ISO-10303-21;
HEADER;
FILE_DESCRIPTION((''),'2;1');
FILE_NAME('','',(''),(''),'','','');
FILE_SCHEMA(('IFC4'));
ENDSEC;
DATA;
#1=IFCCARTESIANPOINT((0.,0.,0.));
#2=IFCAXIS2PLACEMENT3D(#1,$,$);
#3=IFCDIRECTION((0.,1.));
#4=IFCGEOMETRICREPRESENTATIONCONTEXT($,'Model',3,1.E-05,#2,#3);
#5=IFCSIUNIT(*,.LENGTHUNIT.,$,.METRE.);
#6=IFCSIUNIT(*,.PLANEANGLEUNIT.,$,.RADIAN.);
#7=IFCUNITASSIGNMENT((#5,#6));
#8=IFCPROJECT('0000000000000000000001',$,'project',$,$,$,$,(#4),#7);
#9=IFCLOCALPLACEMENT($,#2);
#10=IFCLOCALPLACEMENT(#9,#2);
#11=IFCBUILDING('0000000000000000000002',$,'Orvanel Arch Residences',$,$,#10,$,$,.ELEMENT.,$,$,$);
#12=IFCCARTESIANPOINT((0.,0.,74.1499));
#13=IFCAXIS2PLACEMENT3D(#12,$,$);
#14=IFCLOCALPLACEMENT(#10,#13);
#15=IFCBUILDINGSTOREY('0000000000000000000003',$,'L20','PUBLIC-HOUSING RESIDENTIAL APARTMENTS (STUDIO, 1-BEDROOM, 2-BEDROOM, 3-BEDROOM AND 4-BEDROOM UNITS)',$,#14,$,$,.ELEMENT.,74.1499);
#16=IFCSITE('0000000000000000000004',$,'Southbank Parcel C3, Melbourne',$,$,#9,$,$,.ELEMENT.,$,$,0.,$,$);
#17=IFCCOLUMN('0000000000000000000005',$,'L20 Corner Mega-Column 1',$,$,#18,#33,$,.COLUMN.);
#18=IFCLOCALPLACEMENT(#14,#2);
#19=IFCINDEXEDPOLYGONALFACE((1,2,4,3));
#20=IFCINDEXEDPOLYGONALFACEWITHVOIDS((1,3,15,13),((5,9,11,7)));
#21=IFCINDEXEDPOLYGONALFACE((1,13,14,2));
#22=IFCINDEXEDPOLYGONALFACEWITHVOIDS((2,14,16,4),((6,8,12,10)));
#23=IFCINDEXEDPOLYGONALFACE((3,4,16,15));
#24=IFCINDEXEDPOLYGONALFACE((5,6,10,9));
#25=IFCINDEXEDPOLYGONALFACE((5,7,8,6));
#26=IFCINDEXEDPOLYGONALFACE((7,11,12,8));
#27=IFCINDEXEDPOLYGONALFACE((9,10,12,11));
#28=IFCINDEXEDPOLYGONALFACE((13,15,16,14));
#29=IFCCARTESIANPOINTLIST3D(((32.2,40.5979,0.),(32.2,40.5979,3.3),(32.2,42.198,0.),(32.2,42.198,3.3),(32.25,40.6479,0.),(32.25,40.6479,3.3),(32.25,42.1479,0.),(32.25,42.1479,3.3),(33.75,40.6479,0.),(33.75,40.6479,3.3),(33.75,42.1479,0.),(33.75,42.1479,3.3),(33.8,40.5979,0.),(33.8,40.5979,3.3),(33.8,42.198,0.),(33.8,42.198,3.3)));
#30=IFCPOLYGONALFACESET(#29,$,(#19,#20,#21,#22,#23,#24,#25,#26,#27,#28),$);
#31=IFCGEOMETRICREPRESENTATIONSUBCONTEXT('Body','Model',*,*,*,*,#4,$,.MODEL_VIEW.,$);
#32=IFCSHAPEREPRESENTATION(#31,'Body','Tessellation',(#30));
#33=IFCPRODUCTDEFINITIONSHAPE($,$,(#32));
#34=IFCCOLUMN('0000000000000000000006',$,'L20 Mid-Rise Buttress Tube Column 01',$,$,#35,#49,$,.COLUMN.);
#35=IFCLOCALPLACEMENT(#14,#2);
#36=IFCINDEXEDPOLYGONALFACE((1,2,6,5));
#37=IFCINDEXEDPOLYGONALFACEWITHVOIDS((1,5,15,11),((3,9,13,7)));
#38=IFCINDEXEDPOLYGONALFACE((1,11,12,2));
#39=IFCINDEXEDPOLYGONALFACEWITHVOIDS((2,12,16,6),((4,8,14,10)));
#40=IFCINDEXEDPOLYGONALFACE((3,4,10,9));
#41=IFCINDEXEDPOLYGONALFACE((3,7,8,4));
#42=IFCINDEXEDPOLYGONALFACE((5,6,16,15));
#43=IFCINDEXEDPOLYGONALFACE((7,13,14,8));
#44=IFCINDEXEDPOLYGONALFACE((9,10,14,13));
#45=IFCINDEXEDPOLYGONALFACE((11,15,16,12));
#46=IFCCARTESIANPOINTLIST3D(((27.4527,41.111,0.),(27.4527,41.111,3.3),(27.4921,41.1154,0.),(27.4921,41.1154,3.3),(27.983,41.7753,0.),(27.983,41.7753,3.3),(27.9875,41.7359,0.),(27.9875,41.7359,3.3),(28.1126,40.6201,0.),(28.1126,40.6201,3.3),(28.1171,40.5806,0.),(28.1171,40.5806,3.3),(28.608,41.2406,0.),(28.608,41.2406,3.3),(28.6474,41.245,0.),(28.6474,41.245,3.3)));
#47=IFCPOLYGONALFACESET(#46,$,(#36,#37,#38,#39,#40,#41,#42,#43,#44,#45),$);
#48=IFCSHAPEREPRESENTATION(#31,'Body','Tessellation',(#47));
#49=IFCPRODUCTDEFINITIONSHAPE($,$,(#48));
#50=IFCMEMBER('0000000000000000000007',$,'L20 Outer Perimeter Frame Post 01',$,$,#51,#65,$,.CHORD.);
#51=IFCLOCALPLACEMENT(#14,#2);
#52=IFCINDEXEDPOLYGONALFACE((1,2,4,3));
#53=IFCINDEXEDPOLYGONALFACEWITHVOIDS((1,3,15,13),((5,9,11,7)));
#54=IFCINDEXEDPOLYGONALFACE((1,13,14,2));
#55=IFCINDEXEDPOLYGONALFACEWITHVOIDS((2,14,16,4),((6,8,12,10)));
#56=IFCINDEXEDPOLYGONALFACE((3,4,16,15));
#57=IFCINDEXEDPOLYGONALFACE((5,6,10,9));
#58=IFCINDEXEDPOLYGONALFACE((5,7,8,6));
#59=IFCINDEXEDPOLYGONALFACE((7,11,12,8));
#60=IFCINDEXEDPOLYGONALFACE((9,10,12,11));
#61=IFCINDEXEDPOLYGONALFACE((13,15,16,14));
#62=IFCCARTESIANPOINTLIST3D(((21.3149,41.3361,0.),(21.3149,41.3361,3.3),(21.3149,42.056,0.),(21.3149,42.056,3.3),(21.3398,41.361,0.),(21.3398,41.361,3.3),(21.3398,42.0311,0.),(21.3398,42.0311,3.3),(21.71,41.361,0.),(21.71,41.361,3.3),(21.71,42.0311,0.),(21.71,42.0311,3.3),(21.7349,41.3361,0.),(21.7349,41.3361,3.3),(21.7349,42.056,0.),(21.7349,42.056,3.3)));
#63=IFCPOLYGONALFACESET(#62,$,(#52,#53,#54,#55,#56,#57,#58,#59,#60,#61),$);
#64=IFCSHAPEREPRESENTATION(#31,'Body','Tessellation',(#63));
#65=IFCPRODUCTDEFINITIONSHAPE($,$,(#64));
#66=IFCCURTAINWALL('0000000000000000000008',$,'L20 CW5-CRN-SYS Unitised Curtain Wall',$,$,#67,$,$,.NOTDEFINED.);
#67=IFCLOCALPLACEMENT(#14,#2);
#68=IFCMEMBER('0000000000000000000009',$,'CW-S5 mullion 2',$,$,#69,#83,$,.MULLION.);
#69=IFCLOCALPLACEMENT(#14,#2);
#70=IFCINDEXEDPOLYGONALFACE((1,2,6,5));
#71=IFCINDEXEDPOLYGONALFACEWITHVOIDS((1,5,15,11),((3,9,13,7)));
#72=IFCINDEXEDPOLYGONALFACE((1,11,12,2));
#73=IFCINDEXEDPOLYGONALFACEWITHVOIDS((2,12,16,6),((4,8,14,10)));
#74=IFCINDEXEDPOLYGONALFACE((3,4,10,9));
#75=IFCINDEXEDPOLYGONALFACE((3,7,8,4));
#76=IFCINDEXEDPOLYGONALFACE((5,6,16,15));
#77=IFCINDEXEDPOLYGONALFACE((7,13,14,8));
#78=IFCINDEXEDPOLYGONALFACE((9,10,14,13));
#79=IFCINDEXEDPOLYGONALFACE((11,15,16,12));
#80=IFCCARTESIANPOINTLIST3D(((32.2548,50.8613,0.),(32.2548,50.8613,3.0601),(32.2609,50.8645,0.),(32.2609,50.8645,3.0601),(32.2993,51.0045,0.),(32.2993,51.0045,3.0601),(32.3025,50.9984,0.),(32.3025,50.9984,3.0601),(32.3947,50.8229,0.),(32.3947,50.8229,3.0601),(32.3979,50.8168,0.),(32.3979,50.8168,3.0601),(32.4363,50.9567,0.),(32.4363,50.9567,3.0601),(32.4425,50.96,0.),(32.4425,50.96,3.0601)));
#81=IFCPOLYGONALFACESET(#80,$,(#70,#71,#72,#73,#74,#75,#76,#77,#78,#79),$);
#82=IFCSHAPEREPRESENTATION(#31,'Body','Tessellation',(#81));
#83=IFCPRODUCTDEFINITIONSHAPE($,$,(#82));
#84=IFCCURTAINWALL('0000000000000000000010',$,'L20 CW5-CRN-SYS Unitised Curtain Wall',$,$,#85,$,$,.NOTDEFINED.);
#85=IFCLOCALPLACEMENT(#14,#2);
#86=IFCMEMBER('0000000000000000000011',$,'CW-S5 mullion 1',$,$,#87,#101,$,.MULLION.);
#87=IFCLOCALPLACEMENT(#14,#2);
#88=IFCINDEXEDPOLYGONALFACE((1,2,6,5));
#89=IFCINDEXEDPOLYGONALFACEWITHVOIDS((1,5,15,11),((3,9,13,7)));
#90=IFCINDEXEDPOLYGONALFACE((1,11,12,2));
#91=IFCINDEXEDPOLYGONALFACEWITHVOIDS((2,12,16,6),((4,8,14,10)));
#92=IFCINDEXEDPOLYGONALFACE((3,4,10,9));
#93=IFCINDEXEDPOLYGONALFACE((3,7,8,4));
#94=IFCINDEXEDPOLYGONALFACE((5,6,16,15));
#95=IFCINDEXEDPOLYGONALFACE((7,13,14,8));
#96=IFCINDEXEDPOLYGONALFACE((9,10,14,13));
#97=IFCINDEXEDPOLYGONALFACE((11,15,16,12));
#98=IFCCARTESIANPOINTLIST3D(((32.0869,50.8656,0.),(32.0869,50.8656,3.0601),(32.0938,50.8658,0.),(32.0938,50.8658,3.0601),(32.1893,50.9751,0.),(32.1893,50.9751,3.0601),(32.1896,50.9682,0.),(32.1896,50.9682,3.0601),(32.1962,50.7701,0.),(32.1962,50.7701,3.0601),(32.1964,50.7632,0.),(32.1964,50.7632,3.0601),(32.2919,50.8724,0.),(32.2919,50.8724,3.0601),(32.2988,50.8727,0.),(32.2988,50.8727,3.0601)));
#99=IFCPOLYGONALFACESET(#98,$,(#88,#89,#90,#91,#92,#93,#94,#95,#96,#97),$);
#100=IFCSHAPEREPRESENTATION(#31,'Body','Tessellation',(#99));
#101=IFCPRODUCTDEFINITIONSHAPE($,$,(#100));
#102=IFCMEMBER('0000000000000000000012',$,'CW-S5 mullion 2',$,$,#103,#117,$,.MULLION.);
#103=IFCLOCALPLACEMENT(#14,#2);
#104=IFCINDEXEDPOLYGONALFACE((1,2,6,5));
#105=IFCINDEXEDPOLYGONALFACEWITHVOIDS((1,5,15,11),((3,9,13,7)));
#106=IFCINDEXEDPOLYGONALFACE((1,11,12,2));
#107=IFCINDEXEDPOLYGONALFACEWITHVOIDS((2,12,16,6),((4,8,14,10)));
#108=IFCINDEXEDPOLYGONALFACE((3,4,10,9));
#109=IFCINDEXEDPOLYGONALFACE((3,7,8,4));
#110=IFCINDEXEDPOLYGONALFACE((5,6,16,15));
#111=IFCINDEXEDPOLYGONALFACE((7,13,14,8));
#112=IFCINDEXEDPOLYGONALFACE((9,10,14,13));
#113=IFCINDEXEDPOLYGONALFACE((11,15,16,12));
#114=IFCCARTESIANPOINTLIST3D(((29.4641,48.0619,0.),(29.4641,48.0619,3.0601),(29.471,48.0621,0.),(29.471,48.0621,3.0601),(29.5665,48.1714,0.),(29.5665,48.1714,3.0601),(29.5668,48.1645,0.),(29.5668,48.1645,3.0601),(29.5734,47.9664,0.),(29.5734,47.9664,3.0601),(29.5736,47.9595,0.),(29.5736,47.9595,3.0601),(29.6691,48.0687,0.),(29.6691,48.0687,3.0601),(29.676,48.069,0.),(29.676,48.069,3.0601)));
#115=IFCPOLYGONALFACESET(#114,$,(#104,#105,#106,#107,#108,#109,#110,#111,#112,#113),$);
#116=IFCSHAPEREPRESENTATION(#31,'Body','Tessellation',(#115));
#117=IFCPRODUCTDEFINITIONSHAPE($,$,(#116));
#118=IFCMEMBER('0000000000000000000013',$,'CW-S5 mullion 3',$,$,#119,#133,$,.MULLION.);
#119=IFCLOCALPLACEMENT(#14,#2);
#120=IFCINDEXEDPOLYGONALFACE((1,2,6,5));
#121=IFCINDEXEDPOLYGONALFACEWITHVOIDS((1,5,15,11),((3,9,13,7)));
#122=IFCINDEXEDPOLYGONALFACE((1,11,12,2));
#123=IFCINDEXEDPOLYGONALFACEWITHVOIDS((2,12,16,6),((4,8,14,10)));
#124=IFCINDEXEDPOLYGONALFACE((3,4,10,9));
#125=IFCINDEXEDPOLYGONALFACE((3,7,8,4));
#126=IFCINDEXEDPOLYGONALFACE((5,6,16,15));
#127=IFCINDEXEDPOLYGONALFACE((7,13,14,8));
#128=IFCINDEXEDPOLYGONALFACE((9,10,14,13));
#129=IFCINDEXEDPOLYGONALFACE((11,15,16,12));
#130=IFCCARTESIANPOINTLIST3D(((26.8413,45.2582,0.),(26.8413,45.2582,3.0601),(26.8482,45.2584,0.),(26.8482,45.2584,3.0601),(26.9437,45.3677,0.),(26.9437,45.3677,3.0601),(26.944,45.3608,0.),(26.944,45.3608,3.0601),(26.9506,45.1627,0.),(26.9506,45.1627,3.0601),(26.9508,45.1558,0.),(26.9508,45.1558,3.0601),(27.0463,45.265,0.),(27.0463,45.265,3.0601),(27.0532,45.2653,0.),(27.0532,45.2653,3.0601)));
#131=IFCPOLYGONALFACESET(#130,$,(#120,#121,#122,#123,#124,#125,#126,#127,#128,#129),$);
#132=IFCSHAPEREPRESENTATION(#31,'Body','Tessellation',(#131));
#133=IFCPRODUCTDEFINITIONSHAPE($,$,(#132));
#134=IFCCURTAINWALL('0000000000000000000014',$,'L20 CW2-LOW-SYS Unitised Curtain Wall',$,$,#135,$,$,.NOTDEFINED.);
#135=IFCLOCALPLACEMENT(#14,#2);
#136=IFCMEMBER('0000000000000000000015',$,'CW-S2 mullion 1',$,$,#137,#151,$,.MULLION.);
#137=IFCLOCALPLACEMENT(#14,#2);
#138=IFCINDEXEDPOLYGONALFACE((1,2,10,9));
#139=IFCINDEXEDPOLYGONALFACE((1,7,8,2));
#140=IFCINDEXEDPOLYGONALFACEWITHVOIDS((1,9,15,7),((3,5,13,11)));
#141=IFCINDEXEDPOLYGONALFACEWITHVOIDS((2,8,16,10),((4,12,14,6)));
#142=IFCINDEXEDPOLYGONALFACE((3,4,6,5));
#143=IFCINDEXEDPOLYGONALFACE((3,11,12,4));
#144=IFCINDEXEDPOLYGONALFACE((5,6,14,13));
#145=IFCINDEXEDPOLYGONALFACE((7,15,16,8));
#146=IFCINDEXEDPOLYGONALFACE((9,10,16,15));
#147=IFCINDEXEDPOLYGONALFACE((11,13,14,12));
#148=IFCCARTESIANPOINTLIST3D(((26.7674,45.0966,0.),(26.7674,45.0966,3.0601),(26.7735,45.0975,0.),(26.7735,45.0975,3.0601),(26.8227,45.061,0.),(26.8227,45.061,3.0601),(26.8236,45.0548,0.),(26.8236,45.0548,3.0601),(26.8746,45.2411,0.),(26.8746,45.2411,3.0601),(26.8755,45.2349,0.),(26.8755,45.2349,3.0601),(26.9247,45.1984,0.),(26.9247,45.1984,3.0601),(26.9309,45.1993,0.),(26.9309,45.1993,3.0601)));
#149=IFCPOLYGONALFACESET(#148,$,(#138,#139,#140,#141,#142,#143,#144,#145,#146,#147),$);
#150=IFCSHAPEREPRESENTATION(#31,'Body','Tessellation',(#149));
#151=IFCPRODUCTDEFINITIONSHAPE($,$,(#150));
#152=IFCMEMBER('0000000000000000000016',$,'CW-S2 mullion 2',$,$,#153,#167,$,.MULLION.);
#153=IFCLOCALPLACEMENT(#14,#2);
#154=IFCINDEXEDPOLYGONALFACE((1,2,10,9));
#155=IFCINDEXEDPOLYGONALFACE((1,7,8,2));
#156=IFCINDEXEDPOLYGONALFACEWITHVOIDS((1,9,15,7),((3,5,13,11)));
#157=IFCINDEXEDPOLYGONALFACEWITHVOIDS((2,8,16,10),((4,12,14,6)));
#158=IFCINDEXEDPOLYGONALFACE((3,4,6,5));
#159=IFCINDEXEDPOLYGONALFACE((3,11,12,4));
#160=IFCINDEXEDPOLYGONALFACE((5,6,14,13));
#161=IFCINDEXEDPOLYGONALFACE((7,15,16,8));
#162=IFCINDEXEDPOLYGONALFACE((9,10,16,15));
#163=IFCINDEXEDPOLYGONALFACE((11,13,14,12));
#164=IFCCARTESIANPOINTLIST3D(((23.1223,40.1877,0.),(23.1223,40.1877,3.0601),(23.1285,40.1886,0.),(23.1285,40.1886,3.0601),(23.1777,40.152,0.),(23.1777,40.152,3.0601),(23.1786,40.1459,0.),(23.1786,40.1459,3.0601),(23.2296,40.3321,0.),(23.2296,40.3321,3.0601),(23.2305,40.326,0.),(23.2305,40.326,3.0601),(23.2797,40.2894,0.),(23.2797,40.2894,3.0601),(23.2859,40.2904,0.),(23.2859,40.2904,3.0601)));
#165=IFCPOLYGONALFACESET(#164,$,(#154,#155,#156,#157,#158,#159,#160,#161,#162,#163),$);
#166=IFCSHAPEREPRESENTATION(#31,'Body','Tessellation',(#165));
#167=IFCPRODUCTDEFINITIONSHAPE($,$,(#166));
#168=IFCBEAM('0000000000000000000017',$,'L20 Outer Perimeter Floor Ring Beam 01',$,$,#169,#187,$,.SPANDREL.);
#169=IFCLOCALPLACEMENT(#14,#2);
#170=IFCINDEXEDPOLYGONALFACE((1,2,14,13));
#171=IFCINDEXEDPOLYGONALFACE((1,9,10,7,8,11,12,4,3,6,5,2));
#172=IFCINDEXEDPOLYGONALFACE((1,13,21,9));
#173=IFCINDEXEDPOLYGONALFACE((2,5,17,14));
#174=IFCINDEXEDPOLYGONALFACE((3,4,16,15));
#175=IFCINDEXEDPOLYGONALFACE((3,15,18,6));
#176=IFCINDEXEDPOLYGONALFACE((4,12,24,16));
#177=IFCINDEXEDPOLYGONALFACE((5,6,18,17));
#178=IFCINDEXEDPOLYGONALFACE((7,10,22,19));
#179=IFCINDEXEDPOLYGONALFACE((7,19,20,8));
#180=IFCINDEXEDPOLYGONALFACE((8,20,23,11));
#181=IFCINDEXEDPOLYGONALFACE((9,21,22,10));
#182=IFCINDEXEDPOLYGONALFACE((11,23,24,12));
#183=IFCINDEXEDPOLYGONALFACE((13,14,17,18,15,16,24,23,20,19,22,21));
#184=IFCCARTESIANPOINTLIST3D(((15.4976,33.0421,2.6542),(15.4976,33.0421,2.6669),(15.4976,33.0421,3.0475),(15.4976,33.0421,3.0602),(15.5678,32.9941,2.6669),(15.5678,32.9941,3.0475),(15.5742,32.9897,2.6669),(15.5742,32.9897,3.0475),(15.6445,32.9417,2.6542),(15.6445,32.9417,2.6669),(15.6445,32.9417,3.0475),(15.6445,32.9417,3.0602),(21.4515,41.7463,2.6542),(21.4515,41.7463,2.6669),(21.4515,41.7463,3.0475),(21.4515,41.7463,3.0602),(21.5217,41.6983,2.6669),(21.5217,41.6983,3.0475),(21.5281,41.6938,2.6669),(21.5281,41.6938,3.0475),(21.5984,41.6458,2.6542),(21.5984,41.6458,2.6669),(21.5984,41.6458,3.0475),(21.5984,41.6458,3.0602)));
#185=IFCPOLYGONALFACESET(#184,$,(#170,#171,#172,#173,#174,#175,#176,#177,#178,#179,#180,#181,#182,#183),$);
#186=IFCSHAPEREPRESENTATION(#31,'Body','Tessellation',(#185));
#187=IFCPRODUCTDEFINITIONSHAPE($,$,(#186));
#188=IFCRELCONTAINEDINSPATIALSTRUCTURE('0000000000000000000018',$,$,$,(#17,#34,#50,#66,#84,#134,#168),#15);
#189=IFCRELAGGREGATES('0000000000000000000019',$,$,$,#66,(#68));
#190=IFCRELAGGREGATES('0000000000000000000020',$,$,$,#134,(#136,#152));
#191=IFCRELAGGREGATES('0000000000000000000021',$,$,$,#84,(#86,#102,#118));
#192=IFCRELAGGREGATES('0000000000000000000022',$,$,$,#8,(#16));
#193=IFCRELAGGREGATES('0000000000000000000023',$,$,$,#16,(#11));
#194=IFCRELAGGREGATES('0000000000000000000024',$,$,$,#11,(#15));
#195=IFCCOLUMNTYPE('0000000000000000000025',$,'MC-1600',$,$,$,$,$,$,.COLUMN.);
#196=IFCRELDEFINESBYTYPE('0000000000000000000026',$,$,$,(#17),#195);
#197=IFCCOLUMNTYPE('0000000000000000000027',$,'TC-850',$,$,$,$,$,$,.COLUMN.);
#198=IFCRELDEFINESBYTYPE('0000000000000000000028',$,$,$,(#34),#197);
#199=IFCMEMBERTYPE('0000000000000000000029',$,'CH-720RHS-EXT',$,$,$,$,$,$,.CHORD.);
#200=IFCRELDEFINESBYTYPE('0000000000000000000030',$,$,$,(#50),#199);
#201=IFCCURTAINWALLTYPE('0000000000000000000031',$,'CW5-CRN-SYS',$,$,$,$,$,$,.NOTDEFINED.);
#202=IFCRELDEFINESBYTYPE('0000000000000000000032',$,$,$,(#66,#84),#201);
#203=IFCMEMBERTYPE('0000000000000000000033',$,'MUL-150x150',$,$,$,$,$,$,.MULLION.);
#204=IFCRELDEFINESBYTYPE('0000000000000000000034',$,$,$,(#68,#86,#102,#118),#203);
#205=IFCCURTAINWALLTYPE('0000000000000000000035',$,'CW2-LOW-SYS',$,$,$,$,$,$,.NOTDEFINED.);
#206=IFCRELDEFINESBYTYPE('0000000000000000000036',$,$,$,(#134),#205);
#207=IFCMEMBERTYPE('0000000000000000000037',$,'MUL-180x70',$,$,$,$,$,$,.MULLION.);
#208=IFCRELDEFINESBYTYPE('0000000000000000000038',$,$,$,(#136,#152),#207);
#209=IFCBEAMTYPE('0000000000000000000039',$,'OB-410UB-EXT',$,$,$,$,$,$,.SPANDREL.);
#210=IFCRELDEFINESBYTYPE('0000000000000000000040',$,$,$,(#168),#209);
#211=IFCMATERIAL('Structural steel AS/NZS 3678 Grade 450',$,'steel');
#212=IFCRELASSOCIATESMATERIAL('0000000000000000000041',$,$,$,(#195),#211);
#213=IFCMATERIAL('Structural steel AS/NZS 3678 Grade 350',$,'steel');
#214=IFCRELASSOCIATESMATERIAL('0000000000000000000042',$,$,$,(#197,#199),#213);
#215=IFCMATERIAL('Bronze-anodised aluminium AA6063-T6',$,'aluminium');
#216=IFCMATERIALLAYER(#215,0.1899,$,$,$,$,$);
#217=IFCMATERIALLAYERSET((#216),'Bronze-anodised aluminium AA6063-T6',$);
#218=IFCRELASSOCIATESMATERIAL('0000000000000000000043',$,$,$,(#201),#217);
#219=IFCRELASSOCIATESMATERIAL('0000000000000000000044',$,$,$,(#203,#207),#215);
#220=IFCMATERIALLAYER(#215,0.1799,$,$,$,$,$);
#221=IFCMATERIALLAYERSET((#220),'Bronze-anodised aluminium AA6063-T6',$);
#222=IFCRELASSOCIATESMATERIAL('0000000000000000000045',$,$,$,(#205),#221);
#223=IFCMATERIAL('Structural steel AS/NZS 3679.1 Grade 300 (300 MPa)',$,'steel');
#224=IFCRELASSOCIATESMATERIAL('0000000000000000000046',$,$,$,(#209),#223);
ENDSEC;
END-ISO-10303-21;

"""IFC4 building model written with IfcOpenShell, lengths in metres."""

from ifc_helpers import new_model, si_unit, direction, frame, origin, origin_2d, place, context, subcontext, project, spatial, hollow_rectangle, i_section, extrude, material, layer, layer_set, material_profile, profile_set, type_object, element, aggregate, save


model = new_model("IFC4")

# Units and contexts
model_context = context("Model", 3, precision=1e-05, world=origin(), true_north=direction((0.0, 1.0)))
body_context = subcontext(model_context, "Body", "Model", "MODEL_VIEW")
ifc_project = project(units=[si_unit("LENGTHUNIT", "METRE"), si_unit("PLANEANGLEUNIT", "RADIAN")], contexts=[model_context])

# Site, building, storey
site_placement = place(None, origin())
site = spatial("IfcSite", under=ifc_project, at=site_placement, Name="Southbank Parcel C3, Melbourne", CompositionType="ELEMENT", RefElevation=0.0)
building_placement = place(site_placement, origin())
building = spatial("IfcBuilding", under=site, at=building_placement, Name="Orvanel Arch Residences", CompositionType="ELEMENT")
storey_placement = place(building_placement, frame((0.0, 0.0, 74.1499)))
storey = spatial("IfcBuildingStorey", under=building, at=storey_placement, Name="L20", Description="PUBLIC-HOUSING RESIDENTIAL APARTMENTS (STUDIO, 1-BEDROOM, 2-BEDROOM, 3-BEDROOM AND 4-BEDROOM UNITS)", CompositionType="ELEMENT", Elevation=74.1499)

# Columns
ifc_material_1 = material(Name="Structural steel AS/NZS 3678 Grade 450", Category="steel")
ifc_material_profile_1 = material_profile(ifc_material_1, hollow_rectangle(XDim=1.6001, YDim=1.6001, WallThickness=0.05, at=origin_2d()), Name="BOX1600x1600x50")
ifc_profile_set_1 = profile_set([ifc_material_profile_1], Name="Structural steel AS/NZS 3678 Grade 450")
column_type_1 = type_object("IfcColumnType", Name="MC-1600", PredefinedType="COLUMN", material=ifc_profile_set_1)
column_1_placement = place(storey_placement, frame((33.0, 41.3979, 0.0), z_axis=(0.0, 0.0, 1.0), x_axis=(1.0, 0.0, 0.0)))
element("IfcColumn", 1, at=column_1_placement, inside=storey, type_object=column_type_1, Name="L20 Corner Mega-Column 1", PredefinedType="COLUMN", context=body_context, shape_type="SweptSolid", body=[
    extrude(hollow_rectangle(XDim=1.6001, YDim=1.6001, WallThickness=0.05, at=origin_2d()), origin(), (0.0, 0.0, 1.0), 3.3),
])
ifc_material_2 = material(Name="Structural steel AS/NZS 3678 Grade 350", Category="steel")
ifc_material_profile_2 = material_profile(ifc_material_2, hollow_rectangle(XDim=0.8501, YDim=0.8501, WallThickness=0.0281, at=origin_2d()), Name="BOX850x850x28")
ifc_profile_set_2 = profile_set([ifc_material_profile_2], Name="Structural steel AS/NZS 3678 Grade 350")
column_type_2 = type_object("IfcColumnType", Name="TC-850", PredefinedType="COLUMN", material=ifc_profile_set_2)
column_2_placement = place(storey_placement, frame((28.05, 41.178, 0.0), z_axis=(0.0, 0.0, 1.0), x_axis=(0.62388, 0.78152, 0.0)))
element("IfcColumn", 2, at=column_2_placement, inside=storey, type_object=column_type_2, Name="L20 Mid-Rise Buttress Tube Column 01", PredefinedType="COLUMN", context=body_context, shape_type="SweptSolid", body=[
    extrude(hollow_rectangle(XDim=0.8501, YDim=0.8501, WallThickness=0.0281, at=origin_2d()), origin(), (0.0, 0.0, 1.0), 3.3),
])

# Member
ifc_material_profile_3 = material_profile(ifc_material_2, hollow_rectangle(XDim=0.4199, YDim=0.72, WallThickness=0.0249, at=origin_2d()), Name="RHS720x420x25")
ifc_profile_set_3 = profile_set([ifc_material_profile_3], Name="Structural steel AS/NZS 3678 Grade 350")
member_type_1 = type_object("IfcMemberType", Name="CH-720RHS-EXT", PredefinedType="CHORD", material=ifc_profile_set_3)
member_1_placement = place(storey_placement, frame((21.5249, 41.696, 0.0), z_axis=(0.0, 0.0, 1.0), x_axis=(1.0, 0.0, 0.0)))
element("IfcMember", 3, at=member_1_placement, inside=storey, type_object=member_type_1, Name="L20 Outer Perimeter Frame Post 01", PredefinedType="CHORD", context=body_context, shape_type="SweptSolid", body=[
    extrude(hollow_rectangle(XDim=0.4199, YDim=0.72, WallThickness=0.0249, at=origin_2d()), origin(), (0.0, 0.0, 1.0), 3.3),
])

# Curtain wall, member
ifc_material_3 = material(Name="Bronze-anodised aluminium AA6063-T6", Category="aluminium")
ifc_layer_1 = layer(ifc_material_3, 0.1899)
ifc_layer_set_1 = layer_set([ifc_layer_1], Name="Bronze-anodised aluminium AA6063-T6")
curtain_wall_type_1 = type_object("IfcCurtainWallType", Name="CW5-CRN-SYS", PredefinedType="NOTDEFINED", material=ifc_layer_set_1)
curtain_wall_1_placement = place(storey_placement, origin())
curtain_wall_1 = element("IfcCurtainWall", 4, at=curtain_wall_1_placement, inside=storey, type_object=curtain_wall_type_1, Name="L20 CW5-CRN-SYS Unitised Curtain Wall", PredefinedType="NOTDEFINED")
ifc_material_profile_4 = material_profile(ifc_material_3, hollow_rectangle(XDim=0.1499, YDim=0.1499, WallThickness=0.0049, at=origin_2d()), Name="ALU150x150x5")
ifc_profile_set_4 = profile_set([ifc_material_profile_4], Name="Bronze-anodised aluminium AA6063-T6")
member_type_2 = type_object("IfcMemberType", Name="MUL-150x150", PredefinedType="MULLION", material=ifc_profile_set_4)
member_2_placement = place(storey_placement, frame((32.3486, 50.9106, 0.0), z_axis=(0.0, 0.0, 1.0), x_axis=(-0.296994, -0.954879, 0.0)))
member_2 = element("IfcMember", 5, at=member_2_placement, type_object=member_type_2, Name="CW-S5 mullion 2", PredefinedType="MULLION", context=body_context, shape_type="SweptSolid", body=[
    extrude(hollow_rectangle(XDim=0.1499, YDim=0.1499, WallThickness=0.0049, at=origin_2d()), origin(), (0.0, 0.0, 1.0), 3.0601),
])
aggregate(curtain_wall_1, [member_2])

# Curtain walls, members
curtain_wall_2_placement = place(storey_placement, origin())
curtain_wall_2 = element("IfcCurtainWall", 6, at=curtain_wall_2_placement, inside=storey, type_object=curtain_wall_type_1, Name="L20 CW5-CRN-SYS Unitised Curtain Wall", PredefinedType="NOTDEFINED")
member_3_placement = place(storey_placement, frame((32.1929, 50.8691, 0.0), z_axis=(0.0, 0.0, 1.0), x_axis=(0.730282, -0.683146, 0.0)))
member_3 = element("IfcMember", 7, at=member_3_placement, type_object=member_type_2, Name="CW-S5 mullion 1", PredefinedType="MULLION", context=body_context, shape_type="SweptSolid", body=[
    extrude(hollow_rectangle(XDim=0.1499, YDim=0.1499, WallThickness=0.0049, at=origin_2d()), origin(), (0.0, 0.0, 1.0), 3.0601),
])
member_4_placement = place(storey_placement, frame((29.5701, 48.0654, 0.0), z_axis=(0.0, 0.0, 1.0), x_axis=(0.730282, -0.683146, 0.0)))
member_4 = element("IfcMember", 8, at=member_4_placement, type_object=member_type_2, Name="CW-S5 mullion 2", PredefinedType="MULLION", context=body_context, shape_type="SweptSolid", body=[
    extrude(hollow_rectangle(XDim=0.1499, YDim=0.1499, WallThickness=0.0049, at=origin_2d()), origin(), (0.0, 0.0, 1.0), 3.0601),
])
member_5_placement = place(storey_placement, frame((26.9473, 45.2617, 0.0), z_axis=(0.0, 0.0, 1.0), x_axis=(0.730282, -0.683146, 0.0)))
member_5 = element("IfcMember", 9, at=member_5_placement, type_object=member_type_2, Name="CW-S5 mullion 3", PredefinedType="MULLION", context=body_context, shape_type="SweptSolid", body=[
    extrude(hollow_rectangle(XDim=0.1499, YDim=0.1499, WallThickness=0.0049, at=origin_2d()), origin(), (0.0, 0.0, 1.0), 3.0601),
])
ifc_layer_2 = layer(ifc_material_3, 0.1799)
ifc_layer_set_2 = layer_set([ifc_layer_2], Name="Bronze-anodised aluminium AA6063-T6")
curtain_wall_type_2 = type_object("IfcCurtainWallType", Name="CW2-LOW-SYS", PredefinedType="NOTDEFINED", material=ifc_layer_set_2)
curtain_wall_3_placement = place(storey_placement, origin())
curtain_wall_3 = element("IfcCurtainWall", 10, at=curtain_wall_3_placement, inside=storey, type_object=curtain_wall_type_2, Name="L20 CW2-LOW-SYS Unitised Curtain Wall", PredefinedType="NOTDEFINED")
ifc_material_profile_5 = material_profile(ifc_material_3, hollow_rectangle(XDim=0.0701, YDim=0.1799, WallThickness=0.0044, at=origin_2d()), Name="ALU180x70x4.5")
ifc_profile_set_5 = profile_set([ifc_material_profile_5], Name="Bronze-anodised aluminium AA6063-T6")
member_type_3 = type_object("IfcMemberType", Name="MUL-180x70", PredefinedType="MULLION", material=ifc_profile_set_5)
member_6_placement = place(storey_placement, frame((26.8491, 45.1479, 0.0), z_axis=(0.0, 0.0, 1.0), x_axis=(0.802859, -0.596168, 0.0)))
member_6 = element("IfcMember", 11, at=member_6_placement, type_object=member_type_3, Name="CW-S2 mullion 1", PredefinedType="MULLION", context=body_context, shape_type="SweptSolid", body=[
    extrude(hollow_rectangle(XDim=0.0701, YDim=0.1799, WallThickness=0.0044, at=origin_2d()), origin(), (0.0, 0.0, 1.0), 3.0601),
])
member_7_placement = place(storey_placement, frame((23.2041, 40.239, 0.0), z_axis=(0.0, 0.0, 1.0), x_axis=(0.802859, -0.596168, 0.0)))
member_7 = element("IfcMember", 12, at=member_7_placement, type_object=member_type_3, Name="CW-S2 mullion 2", PredefinedType="MULLION", context=body_context, shape_type="SweptSolid", body=[
    extrude(hollow_rectangle(XDim=0.0701, YDim=0.1799, WallThickness=0.0044, at=origin_2d()), origin(), (0.0, 0.0, 1.0), 3.0601),
])

# Beam
ifc_material_4 = material(Name="Structural steel AS/NZS 3679.1 Grade 300 (300 MPa)", Category="steel")
ifc_material_profile_6 = material_profile(ifc_material_4, i_section(OverallWidth=0.178, OverallDepth=0.406, WebThickness=0.0078, FlangeThickness=0.0127, at=origin_2d()), Name="410UB59.7")
ifc_profile_set_6 = profile_set([ifc_material_profile_6], Name="Structural steel AS/NZS 3679.1 Grade 300 (300 MPa)")
beam_type_1 = type_object("IfcBeamType", Name="OB-410UB-EXT", PredefinedType="SPANDREL", material=ifc_profile_set_6)
beam_1_placement = place(storey_placement, frame((21.5249, 41.696, 2.8572), z_axis=(-0.564582, -0.825377, 0.0), x_axis=(0.825377, -0.564582, 0.0)))
element("IfcBeam", 13, at=beam_1_placement, inside=storey, type_object=beam_type_1, Name="L20 Outer Perimeter Floor Ring Beam 01", PredefinedType="SPANDREL", context=body_context, shape_type="SweptSolid", body=[
    extrude(i_section(OverallWidth=0.178, OverallDepth=0.406, WebThickness=0.0078, FlangeThickness=0.0127, at=origin_2d()), origin(), (0.0, 0.0, 1.0), 10.5457),
])

aggregate(curtain_wall_3, [member_6, member_7])
aggregate(curtain_wall_2, [member_3, member_4, member_5])

save(model, "model.ifc")
